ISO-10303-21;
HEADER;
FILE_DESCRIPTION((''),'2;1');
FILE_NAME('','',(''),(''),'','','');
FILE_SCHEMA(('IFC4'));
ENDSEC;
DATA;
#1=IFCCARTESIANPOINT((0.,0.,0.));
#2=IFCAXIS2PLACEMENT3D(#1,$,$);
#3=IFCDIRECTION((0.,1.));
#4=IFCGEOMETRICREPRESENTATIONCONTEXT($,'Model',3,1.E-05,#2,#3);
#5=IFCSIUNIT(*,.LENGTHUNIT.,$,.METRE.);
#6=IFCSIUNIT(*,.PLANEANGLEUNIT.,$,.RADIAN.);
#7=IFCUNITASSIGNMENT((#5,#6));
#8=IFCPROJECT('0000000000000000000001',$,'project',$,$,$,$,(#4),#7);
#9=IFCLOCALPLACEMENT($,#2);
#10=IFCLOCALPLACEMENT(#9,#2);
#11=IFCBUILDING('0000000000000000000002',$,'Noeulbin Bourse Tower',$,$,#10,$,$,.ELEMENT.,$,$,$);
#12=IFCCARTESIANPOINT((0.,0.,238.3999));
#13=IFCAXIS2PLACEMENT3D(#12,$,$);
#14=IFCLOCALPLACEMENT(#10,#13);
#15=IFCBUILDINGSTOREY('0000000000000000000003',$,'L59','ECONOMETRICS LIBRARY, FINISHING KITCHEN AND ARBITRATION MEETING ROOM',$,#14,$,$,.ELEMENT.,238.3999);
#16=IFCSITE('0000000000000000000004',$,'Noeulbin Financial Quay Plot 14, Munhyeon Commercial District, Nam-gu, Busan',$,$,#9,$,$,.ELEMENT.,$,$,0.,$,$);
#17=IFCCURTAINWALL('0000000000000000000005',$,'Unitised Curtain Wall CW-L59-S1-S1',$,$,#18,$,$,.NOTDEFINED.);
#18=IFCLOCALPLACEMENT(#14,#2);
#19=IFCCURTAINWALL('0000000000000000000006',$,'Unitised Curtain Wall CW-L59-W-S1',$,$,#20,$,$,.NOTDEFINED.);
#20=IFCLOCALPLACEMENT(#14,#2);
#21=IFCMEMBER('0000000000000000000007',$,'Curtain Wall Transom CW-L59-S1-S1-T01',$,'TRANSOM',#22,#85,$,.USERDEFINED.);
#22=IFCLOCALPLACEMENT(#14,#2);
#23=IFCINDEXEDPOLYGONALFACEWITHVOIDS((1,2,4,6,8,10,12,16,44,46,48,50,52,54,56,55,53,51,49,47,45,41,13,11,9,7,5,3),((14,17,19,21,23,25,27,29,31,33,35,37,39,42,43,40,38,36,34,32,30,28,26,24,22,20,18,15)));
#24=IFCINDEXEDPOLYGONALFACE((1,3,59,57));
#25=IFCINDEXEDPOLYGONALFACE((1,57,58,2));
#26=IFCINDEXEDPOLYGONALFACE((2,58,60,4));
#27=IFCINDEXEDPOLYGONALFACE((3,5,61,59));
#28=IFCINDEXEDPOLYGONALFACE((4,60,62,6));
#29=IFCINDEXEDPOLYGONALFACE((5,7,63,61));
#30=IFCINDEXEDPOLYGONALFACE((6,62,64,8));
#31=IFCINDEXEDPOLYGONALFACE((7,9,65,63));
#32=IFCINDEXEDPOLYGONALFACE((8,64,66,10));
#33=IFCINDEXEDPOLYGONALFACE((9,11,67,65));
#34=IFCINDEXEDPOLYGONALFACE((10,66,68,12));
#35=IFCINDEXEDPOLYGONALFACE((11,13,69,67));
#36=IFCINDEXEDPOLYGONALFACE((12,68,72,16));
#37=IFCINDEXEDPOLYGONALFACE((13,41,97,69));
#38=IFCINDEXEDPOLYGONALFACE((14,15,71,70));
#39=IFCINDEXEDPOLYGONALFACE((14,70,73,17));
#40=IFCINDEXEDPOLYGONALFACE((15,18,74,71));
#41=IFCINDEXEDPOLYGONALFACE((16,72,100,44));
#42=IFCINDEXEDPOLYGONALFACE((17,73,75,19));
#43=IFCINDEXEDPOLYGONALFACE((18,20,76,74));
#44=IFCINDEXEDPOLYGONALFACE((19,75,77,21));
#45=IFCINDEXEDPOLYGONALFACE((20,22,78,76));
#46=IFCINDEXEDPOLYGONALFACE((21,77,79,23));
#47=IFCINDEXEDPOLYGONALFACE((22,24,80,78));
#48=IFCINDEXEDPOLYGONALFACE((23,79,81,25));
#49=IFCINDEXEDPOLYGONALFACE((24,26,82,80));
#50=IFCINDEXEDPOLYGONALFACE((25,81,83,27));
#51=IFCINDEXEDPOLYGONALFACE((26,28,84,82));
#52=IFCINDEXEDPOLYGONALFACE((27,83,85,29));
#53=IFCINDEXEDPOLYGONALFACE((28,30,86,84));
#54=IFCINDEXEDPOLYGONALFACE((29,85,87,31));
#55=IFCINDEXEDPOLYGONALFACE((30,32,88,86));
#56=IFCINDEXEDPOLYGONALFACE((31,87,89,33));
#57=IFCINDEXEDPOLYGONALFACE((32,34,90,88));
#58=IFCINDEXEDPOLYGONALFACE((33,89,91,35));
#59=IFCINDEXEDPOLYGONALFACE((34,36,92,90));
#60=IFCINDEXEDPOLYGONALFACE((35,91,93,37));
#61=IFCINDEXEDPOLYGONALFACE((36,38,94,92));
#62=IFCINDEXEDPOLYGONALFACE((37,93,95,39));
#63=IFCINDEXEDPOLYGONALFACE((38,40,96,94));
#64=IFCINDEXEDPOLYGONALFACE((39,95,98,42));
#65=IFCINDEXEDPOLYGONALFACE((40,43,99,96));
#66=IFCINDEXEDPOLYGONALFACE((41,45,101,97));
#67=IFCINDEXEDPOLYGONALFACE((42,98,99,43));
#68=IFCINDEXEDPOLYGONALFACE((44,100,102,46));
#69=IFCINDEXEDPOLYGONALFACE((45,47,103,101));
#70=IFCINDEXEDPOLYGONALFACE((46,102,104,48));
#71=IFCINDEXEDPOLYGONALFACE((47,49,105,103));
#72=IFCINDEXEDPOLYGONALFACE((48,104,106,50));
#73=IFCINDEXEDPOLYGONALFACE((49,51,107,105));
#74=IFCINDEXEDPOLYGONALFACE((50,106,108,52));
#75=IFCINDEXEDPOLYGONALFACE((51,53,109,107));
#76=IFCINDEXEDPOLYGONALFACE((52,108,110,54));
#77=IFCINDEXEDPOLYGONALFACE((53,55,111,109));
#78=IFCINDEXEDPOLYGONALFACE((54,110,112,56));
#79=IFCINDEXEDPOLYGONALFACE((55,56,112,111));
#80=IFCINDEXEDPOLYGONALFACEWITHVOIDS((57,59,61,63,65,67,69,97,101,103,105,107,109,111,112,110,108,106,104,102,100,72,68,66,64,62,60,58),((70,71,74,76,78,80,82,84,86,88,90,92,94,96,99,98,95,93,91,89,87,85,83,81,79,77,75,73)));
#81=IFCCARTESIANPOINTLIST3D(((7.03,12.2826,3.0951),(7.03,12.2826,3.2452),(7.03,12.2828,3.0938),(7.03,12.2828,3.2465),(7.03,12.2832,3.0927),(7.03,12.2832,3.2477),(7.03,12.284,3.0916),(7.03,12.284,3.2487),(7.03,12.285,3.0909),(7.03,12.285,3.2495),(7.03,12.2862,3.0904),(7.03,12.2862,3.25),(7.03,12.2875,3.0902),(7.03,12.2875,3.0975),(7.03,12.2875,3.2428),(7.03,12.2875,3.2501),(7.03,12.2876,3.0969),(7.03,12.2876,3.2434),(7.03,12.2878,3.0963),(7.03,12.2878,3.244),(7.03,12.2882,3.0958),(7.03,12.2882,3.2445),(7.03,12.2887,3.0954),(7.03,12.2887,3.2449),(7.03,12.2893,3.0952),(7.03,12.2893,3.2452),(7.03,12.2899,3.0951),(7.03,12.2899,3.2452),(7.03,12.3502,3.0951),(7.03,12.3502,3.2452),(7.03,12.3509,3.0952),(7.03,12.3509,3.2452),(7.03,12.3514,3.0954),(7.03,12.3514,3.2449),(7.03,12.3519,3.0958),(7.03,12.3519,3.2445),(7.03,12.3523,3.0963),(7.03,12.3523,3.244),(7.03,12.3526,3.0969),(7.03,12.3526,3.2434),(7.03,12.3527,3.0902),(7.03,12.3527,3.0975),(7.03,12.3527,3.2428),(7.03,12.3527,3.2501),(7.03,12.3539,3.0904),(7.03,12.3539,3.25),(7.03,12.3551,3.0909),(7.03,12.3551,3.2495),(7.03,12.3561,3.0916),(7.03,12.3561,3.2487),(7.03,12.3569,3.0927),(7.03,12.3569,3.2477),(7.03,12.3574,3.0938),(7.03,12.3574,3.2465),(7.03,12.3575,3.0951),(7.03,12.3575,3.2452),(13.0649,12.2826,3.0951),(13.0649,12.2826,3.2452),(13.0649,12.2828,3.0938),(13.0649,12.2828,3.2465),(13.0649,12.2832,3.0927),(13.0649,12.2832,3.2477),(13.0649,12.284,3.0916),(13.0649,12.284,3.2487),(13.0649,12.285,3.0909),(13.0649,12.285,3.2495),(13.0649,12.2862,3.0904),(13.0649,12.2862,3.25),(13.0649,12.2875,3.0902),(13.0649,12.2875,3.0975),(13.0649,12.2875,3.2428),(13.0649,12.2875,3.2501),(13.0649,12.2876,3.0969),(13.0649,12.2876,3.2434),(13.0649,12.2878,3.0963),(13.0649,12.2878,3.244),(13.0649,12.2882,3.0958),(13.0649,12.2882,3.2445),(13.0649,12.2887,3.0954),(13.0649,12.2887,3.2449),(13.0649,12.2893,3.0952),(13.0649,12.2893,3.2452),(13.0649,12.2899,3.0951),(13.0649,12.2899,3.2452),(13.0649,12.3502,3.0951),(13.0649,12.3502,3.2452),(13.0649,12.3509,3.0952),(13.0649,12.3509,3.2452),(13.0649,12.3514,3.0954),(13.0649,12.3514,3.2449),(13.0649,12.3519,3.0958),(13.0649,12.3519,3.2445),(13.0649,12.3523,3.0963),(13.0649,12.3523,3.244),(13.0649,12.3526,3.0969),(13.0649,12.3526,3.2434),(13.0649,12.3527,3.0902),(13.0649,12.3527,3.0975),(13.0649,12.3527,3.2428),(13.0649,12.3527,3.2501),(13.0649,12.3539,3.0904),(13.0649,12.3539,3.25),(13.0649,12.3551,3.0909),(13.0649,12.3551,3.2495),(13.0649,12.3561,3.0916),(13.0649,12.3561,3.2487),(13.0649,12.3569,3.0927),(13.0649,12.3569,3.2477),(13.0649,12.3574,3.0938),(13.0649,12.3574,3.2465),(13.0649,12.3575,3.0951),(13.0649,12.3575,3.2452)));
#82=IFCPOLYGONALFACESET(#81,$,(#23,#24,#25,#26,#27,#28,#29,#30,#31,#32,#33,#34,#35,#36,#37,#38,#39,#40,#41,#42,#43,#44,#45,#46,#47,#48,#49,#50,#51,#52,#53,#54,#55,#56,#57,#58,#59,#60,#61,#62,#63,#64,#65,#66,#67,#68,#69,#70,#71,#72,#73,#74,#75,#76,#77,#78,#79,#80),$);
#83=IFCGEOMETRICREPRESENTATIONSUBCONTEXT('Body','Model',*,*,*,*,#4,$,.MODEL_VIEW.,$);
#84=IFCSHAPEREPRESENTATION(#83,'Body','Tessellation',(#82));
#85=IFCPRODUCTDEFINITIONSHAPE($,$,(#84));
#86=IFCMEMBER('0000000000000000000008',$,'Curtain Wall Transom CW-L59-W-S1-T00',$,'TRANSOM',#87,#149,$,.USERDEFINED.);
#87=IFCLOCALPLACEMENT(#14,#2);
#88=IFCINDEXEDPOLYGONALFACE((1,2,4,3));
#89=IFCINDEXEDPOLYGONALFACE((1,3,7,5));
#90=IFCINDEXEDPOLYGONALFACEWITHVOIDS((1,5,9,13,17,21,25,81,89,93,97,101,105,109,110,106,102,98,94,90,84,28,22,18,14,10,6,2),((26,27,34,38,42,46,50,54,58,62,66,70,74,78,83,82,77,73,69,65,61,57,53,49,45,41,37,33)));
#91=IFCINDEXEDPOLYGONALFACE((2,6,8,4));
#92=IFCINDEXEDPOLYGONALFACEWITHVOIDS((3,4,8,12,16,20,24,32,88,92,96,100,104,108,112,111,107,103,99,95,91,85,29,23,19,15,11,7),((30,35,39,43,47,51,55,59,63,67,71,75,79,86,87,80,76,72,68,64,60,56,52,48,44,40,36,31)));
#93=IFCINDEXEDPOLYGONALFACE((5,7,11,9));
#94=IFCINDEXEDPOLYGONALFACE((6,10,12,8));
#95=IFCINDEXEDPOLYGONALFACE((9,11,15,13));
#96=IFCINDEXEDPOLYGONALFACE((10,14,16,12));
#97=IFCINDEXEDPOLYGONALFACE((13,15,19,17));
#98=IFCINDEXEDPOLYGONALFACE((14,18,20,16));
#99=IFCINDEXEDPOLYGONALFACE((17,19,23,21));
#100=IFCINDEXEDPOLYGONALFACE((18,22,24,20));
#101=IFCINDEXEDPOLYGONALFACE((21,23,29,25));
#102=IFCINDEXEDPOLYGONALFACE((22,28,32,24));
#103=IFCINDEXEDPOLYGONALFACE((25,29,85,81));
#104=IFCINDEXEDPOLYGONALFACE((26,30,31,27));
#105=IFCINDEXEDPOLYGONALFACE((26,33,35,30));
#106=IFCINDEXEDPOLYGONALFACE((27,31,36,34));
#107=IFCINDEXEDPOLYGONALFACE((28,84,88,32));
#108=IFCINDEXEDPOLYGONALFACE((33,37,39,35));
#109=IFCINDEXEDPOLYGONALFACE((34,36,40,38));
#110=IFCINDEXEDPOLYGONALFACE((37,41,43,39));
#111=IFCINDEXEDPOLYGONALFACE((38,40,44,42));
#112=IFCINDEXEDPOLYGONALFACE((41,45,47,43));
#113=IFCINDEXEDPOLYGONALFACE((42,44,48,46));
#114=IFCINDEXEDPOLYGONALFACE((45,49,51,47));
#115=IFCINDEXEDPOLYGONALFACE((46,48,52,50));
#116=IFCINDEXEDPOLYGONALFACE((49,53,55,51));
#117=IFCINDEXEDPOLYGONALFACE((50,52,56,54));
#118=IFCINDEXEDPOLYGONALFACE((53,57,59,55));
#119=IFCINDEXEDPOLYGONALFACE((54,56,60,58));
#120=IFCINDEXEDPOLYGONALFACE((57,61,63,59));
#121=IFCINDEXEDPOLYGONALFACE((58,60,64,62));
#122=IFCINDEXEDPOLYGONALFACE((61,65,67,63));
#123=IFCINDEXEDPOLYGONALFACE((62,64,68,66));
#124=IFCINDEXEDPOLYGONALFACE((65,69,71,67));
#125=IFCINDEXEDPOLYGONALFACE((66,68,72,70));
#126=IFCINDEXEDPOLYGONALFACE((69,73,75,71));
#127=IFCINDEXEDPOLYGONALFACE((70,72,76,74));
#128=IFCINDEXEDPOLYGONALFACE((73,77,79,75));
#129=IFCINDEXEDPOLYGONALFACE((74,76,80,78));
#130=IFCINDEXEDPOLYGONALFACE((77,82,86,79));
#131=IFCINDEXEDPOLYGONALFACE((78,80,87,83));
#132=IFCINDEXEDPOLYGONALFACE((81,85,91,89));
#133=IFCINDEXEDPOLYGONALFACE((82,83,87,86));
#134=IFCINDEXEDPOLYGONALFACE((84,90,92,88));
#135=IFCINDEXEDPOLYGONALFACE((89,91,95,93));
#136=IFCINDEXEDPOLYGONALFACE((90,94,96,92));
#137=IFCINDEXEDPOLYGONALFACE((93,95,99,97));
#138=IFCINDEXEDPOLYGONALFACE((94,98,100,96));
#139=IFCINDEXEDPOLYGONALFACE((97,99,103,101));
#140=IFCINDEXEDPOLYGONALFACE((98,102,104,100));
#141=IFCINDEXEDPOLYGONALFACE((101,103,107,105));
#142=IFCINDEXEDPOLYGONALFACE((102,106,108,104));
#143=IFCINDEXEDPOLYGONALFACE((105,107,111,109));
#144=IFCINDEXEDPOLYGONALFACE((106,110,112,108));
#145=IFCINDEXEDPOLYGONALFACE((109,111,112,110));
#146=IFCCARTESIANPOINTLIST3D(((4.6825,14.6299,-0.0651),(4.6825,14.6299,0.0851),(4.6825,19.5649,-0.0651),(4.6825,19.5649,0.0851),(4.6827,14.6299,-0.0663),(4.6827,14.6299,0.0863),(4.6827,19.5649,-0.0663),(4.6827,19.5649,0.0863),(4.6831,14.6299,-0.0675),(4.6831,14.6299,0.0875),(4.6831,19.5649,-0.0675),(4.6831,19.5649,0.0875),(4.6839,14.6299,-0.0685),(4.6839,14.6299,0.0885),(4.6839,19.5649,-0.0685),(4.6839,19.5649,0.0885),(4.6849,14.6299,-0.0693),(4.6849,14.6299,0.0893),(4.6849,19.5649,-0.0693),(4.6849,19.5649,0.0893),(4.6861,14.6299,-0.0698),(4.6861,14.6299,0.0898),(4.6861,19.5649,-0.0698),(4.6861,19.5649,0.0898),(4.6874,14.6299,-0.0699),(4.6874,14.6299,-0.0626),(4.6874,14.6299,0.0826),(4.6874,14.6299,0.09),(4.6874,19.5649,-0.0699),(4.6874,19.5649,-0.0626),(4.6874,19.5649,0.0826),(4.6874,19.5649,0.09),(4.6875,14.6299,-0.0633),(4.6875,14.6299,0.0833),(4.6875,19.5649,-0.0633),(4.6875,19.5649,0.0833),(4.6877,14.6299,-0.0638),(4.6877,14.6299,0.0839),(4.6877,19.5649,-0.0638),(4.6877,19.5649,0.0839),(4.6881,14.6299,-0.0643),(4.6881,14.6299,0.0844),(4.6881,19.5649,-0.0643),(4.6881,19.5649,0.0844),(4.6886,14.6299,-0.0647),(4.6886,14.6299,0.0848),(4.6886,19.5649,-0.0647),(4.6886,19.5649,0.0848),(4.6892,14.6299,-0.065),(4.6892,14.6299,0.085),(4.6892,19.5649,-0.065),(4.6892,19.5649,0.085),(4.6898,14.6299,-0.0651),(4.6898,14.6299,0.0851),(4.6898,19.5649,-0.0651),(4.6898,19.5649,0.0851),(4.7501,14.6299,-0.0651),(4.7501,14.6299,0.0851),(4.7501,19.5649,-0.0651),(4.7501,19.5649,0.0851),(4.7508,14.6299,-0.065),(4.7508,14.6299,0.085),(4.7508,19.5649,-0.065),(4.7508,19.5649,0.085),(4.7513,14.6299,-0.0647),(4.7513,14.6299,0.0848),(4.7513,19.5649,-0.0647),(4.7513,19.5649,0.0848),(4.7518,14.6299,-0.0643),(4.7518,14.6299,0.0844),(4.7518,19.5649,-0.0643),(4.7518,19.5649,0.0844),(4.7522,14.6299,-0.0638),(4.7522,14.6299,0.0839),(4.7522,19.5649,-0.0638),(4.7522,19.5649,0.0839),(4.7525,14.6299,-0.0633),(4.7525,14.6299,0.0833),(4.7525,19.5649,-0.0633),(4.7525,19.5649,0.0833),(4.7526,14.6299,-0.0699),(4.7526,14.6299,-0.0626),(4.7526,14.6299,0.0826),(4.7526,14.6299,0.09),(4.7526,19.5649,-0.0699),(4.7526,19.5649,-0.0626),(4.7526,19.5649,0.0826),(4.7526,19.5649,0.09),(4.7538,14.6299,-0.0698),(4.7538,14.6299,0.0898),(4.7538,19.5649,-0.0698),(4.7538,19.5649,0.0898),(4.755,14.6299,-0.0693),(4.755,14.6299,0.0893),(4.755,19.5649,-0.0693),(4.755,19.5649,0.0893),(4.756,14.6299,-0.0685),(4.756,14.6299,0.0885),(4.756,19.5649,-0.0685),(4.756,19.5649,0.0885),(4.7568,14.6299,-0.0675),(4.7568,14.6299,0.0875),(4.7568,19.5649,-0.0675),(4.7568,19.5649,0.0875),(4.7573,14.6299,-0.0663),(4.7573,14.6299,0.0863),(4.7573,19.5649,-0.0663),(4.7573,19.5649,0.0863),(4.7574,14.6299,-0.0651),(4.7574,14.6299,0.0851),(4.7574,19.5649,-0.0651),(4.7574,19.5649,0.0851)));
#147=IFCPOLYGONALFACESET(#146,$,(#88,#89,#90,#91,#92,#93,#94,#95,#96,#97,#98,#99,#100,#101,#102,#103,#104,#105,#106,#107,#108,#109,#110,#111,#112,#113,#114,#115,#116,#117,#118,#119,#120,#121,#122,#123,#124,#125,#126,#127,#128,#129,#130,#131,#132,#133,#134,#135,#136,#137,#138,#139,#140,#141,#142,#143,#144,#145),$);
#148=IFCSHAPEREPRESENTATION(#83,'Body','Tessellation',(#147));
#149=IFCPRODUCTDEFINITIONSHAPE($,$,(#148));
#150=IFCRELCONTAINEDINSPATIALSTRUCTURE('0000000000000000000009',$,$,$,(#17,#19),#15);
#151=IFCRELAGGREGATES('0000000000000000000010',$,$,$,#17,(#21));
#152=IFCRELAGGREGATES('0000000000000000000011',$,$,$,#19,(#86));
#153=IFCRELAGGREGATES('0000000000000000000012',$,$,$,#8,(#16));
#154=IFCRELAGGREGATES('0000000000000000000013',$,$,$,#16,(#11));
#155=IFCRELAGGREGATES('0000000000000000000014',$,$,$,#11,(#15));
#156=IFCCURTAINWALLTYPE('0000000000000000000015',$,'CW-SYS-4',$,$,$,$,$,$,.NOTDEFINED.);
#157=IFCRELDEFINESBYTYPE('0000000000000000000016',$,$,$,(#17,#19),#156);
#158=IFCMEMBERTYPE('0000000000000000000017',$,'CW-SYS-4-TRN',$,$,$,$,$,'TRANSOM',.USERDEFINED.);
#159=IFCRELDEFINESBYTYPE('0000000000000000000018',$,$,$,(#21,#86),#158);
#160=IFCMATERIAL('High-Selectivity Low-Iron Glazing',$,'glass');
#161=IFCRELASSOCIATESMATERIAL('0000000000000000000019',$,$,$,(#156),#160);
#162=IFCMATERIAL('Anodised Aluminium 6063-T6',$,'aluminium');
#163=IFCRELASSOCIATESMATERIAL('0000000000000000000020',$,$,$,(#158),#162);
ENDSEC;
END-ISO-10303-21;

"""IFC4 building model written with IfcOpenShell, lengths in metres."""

from ifc_helpers import new_model, si_unit, direction, frame, origin, origin_2d, place, context, subcontext, project, spatial, hollow_rectangle, extrude, material, material_profile, profile_set, type_object, element, aggregate, save


model = new_model("IFC4")

# Units and contexts
model_context = context("Model", 3, precision=1e-05, world=origin(), true_north=direction((0.0, 1.0)))
body_context = subcontext(model_context, "Body", "Model", "MODEL_VIEW")
ifc_project = project(units=[si_unit("LENGTHUNIT", "METRE"), si_unit("PLANEANGLEUNIT", "RADIAN")], contexts=[model_context])

# Site, building, storey
site_placement = place(None, origin())
site = spatial("IfcSite", under=ifc_project, at=site_placement, Name="Noeulbin Financial Quay Plot 14, Munhyeon Commercial District, Nam-gu, Busan", CompositionType="ELEMENT", RefElevation=0.0)
building_placement = place(site_placement, origin())
building = spatial("IfcBuilding", under=site, at=building_placement, Name="Noeulbin Bourse Tower", CompositionType="ELEMENT")
storey_placement = place(building_placement, frame((0.0, 0.0, 238.3999)))
storey = spatial("IfcBuildingStorey", under=building, at=storey_placement, Name="L59", Description="ECONOMETRICS LIBRARY, FINISHING KITCHEN AND ARBITRATION MEETING ROOM", CompositionType="ELEMENT", Elevation=238.3999)

# Curtain walls
ifc_material_1 = material(Name="High-Selectivity Low-Iron Glazing", Category="glass")
curtain_wall_type = type_object("IfcCurtainWallType", Name="CW-SYS-4", PredefinedType="NOTDEFINED", material=ifc_material_1)
curtain_wall_1_placement = place(storey_placement, origin())
curtain_wall_1 = element("IfcCurtainWall", 1, at=curtain_wall_1_placement, inside=storey, type_object=curtain_wall_type, Name="Unitised Curtain Wall CW-L59-S1-S1", PredefinedType="NOTDEFINED")
ifc_material_2 = material(Name="Anodised Aluminium 6063-T6", Category="aluminium")
curtain_wall_2_placement = place(storey_placement, origin())
curtain_wall_2 = element("IfcCurtainWall", 2, at=curtain_wall_2_placement, inside=storey, type_object=curtain_wall_type, Name="Unitised Curtain Wall CW-L59-W-S1", PredefinedType="NOTDEFINED")

# Members
ifc_material_profile_1 = material_profile(ifc_material_2, hollow_rectangle(XDim=0.075, YDim=0.1599, WallThickness=0.0049, InnerFilletRadius=0.0024, OuterFilletRadius=0.0049, at=origin_2d()), Name="ALU-TRAN-75x160x5", Category="LoadBearing")
ifc_profile_set_1 = profile_set([ifc_material_profile_1], Name="Anodised Aluminium 6063-T6")
member_type_1 = type_object("IfcMemberType", Name="CW-SYS-4-TRN", ElementType="TRANSOM", PredefinedType="USERDEFINED", material=ifc_profile_set_1)
member_1_placement = place(storey_placement, frame((7.03, 12.3201, 3.1702), z_axis=(1.0, 0.0, 0.0), x_axis=(0.0, 1.0, 0.0)))
member_1 = element("IfcMember", 3, at=member_1_placement, type_object=member_type_1, Name="Curtain Wall Transom CW-L59-S1-S1-T01", ObjectType="TRANSOM", PredefinedType="USERDEFINED", context=body_context, shape_type="SweptSolid", body=[
    extrude(hollow_rectangle(XDim=0.075, YDim=0.1599, WallThickness=0.0049, InnerFilletRadius=0.0024, OuterFilletRadius=0.0049, at=origin_2d()), origin(), (0.0, 0.0, 1.0), 6.0349),
])
member_2_placement = place(storey_placement, frame((4.72, 14.6299, 0.01), z_axis=(0.0, 1.0, 0.0), x_axis=(-1.0, 0.0, 0.0)))
member_2 = element("IfcMember", 4, at=member_2_placement, type_object=member_type_1, Name="Curtain Wall Transom CW-L59-W-S1-T00", ObjectType="TRANSOM", PredefinedType="USERDEFINED", context=body_context, shape_type="SweptSolid", body=[
    extrude(hollow_rectangle(XDim=0.075, YDim=0.1599, WallThickness=0.0049, InnerFilletRadius=0.0024, OuterFilletRadius=0.0049, at=origin_2d()), origin(), (0.0, 0.0, 1.0), 4.9351),
])

aggregate(curtain_wall_1, [member_1])
aggregate(curtain_wall_2, [member_2])

save(model, "model.ifc")
